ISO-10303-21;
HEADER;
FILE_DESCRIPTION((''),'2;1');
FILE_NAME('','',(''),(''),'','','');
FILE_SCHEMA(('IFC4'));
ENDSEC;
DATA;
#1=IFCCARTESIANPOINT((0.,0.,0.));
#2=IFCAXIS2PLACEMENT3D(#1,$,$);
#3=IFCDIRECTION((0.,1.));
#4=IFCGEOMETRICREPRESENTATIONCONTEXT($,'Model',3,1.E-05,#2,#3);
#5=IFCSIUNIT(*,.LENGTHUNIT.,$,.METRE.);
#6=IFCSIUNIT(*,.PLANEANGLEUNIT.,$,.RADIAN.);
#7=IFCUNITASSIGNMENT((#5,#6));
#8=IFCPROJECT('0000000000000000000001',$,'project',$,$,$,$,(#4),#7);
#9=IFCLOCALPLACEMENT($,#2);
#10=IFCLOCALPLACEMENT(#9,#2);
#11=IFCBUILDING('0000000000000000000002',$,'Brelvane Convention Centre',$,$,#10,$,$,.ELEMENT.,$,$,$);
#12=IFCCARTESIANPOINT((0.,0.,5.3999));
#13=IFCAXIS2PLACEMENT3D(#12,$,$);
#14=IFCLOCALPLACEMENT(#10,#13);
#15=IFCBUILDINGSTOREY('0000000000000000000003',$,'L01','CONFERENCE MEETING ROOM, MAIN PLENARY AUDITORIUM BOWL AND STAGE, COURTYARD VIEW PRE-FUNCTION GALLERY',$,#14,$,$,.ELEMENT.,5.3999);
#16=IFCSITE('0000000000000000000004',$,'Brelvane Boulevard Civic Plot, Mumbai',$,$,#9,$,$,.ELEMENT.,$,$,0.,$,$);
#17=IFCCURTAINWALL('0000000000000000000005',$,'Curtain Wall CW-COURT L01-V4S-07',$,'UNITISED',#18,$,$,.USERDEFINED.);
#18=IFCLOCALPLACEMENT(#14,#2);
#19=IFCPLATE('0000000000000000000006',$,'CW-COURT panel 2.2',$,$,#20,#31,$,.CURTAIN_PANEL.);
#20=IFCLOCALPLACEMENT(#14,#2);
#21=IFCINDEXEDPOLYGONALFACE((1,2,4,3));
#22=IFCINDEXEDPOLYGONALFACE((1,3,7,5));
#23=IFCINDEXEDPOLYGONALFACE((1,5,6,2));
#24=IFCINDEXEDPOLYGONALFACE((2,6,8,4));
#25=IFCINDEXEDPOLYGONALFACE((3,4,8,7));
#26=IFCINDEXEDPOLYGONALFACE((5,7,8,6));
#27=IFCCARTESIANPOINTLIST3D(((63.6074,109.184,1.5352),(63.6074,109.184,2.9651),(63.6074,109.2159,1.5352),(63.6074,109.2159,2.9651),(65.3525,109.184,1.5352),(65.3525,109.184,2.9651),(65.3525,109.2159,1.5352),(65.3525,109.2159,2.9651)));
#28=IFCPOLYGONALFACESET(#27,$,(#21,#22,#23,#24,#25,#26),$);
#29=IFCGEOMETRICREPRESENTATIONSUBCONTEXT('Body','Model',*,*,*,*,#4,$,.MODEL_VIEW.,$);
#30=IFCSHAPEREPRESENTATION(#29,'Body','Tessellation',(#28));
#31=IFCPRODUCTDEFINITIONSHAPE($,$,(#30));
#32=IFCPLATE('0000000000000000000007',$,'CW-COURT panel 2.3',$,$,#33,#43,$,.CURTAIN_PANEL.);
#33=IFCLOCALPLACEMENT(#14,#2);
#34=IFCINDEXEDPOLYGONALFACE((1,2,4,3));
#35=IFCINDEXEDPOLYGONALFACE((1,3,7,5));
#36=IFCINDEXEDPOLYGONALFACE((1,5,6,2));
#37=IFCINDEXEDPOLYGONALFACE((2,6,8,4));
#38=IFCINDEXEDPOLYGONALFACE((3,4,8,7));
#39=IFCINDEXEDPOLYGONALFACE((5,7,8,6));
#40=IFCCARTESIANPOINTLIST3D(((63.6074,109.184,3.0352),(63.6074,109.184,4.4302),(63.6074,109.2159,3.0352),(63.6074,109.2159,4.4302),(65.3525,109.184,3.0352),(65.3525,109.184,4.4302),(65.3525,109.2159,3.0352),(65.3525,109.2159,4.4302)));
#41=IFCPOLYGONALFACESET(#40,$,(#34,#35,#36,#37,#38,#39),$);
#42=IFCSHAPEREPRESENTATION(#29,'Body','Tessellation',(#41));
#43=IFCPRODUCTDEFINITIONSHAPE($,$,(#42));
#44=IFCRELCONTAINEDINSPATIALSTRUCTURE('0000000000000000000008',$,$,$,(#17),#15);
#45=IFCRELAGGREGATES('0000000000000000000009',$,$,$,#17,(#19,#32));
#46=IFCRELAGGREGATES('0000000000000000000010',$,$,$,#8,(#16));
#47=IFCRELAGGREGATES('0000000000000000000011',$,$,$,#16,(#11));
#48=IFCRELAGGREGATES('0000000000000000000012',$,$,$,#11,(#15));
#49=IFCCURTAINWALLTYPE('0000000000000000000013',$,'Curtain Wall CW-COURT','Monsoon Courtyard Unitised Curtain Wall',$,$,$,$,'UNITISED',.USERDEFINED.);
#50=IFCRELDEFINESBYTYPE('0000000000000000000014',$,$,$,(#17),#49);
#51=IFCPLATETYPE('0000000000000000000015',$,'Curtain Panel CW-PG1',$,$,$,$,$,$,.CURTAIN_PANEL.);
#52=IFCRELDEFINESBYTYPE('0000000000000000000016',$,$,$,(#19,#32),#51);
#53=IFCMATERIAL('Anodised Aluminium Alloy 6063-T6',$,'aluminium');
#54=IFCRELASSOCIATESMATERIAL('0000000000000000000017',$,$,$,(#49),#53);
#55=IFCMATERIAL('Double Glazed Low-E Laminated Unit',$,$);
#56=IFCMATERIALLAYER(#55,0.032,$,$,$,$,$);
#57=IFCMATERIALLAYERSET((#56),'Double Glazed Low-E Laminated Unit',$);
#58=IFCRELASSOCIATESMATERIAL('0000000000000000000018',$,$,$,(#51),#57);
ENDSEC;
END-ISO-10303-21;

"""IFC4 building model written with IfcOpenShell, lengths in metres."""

from ifc_helpers import new_model, si_unit, direction, frame, origin, origin_2d, place, context, subcontext, project, spatial, rectangle, extrude, material, layer, layer_set, type_object, element, aggregate, save


model = new_model("IFC4")

# Units and contexts
model_context = context("Model", 3, precision=1e-05, world=origin(), true_north=direction((0.0, 1.0)))
body_context = subcontext(model_context, "Body", "Model", "MODEL_VIEW")
ifc_project = project(units=[si_unit("LENGTHUNIT", "METRE"), si_unit("PLANEANGLEUNIT", "RADIAN")], contexts=[model_context])

# Site, building, storey
site_placement = place(None, origin())
site = spatial("IfcSite", under=ifc_project, at=site_placement, Name="Brelvane Boulevard Civic Plot, Mumbai", CompositionType="ELEMENT", RefElevation=0.0)
building_placement = place(site_placement, origin())
building = spatial("IfcBuilding", under=site, at=building_placement, Name="Brelvane Convention Centre", CompositionType="ELEMENT")
storey_placement = place(building_placement, frame((0.0, 0.0, 5.3999)))
storey = spatial("IfcBuildingStorey", under=building, at=storey_placement, Name="L01", Description="CONFERENCE MEETING ROOM, MAIN PLENARY AUDITORIUM BOWL AND STAGE, COURTYARD VIEW PRE-FUNCTION GALLERY", CompositionType="ELEMENT", Elevation=5.3999)

# Curtain wall, plates
ifc_material_1 = material(Name="Anodised Aluminium Alloy 6063-T6", Category="aluminium")
curtain_wall_type = type_object("IfcCurtainWallType", Name="Curtain Wall CW-COURT", Description="Monsoon Courtyard Unitised Curtain Wall", ElementType="UNITISED", PredefinedType="USERDEFINED", material=ifc_material_1)
curtain_wall_placement = place(storey_placement, origin())
curtain_wall = element("IfcCurtainWall", 1, at=curtain_wall_placement, inside=storey, type_object=curtain_wall_type, Name="Curtain Wall CW-COURT L01-V4S-07", ObjectType="UNITISED", PredefinedType="USERDEFINED")
ifc_material_2 = material(Name="Double Glazed Low-E Laminated Unit")
ifc_layer = layer(ifc_material_2, 0.032)
ifc_layer_set = layer_set([ifc_layer], Name="Double Glazed Low-E Laminated Unit")
plate_type = type_object("IfcPlateType", Name="Curtain Panel CW-PG1", PredefinedType="CURTAIN_PANEL", material=ifc_layer_set)
plate_1_placement = place(storey_placement, frame((64.48, 109.2, 1.5352), z_axis=(0.0, 0.0, 1.0), x_axis=(1.0, 0.0, 0.0)))
plate_1 = element("IfcPlate", 2, at=plate_1_placement, type_object=plate_type, Name="CW-COURT panel 2.2", PredefinedType="CURTAIN_PANEL", context=body_context, shape_type="SweptSolid", body=[
    extrude(rectangle(XDim=1.7451, YDim=0.032, at=origin_2d()), origin(), (0.0, 0.0, 1.0), 1.4299),
])
plate_2_placement = place(storey_placement, frame((64.48, 109.2, 3.0352), z_axis=(0.0, 0.0, 1.0), x_axis=(1.0, 0.0, 0.0)))
plate_2 = element("IfcPlate", 3, at=plate_2_placement, type_object=plate_type, Name="CW-COURT panel 2.3", PredefinedType="CURTAIN_PANEL", context=body_context, shape_type="SweptSolid", body=[
    extrude(rectangle(XDim=1.7451, YDim=0.032, at=origin_2d()), origin(), (0.0, 0.0, 1.0), 1.395),
])
aggregate(curtain_wall, [plate_1, plate_2])

save(model, "model.ifc")
